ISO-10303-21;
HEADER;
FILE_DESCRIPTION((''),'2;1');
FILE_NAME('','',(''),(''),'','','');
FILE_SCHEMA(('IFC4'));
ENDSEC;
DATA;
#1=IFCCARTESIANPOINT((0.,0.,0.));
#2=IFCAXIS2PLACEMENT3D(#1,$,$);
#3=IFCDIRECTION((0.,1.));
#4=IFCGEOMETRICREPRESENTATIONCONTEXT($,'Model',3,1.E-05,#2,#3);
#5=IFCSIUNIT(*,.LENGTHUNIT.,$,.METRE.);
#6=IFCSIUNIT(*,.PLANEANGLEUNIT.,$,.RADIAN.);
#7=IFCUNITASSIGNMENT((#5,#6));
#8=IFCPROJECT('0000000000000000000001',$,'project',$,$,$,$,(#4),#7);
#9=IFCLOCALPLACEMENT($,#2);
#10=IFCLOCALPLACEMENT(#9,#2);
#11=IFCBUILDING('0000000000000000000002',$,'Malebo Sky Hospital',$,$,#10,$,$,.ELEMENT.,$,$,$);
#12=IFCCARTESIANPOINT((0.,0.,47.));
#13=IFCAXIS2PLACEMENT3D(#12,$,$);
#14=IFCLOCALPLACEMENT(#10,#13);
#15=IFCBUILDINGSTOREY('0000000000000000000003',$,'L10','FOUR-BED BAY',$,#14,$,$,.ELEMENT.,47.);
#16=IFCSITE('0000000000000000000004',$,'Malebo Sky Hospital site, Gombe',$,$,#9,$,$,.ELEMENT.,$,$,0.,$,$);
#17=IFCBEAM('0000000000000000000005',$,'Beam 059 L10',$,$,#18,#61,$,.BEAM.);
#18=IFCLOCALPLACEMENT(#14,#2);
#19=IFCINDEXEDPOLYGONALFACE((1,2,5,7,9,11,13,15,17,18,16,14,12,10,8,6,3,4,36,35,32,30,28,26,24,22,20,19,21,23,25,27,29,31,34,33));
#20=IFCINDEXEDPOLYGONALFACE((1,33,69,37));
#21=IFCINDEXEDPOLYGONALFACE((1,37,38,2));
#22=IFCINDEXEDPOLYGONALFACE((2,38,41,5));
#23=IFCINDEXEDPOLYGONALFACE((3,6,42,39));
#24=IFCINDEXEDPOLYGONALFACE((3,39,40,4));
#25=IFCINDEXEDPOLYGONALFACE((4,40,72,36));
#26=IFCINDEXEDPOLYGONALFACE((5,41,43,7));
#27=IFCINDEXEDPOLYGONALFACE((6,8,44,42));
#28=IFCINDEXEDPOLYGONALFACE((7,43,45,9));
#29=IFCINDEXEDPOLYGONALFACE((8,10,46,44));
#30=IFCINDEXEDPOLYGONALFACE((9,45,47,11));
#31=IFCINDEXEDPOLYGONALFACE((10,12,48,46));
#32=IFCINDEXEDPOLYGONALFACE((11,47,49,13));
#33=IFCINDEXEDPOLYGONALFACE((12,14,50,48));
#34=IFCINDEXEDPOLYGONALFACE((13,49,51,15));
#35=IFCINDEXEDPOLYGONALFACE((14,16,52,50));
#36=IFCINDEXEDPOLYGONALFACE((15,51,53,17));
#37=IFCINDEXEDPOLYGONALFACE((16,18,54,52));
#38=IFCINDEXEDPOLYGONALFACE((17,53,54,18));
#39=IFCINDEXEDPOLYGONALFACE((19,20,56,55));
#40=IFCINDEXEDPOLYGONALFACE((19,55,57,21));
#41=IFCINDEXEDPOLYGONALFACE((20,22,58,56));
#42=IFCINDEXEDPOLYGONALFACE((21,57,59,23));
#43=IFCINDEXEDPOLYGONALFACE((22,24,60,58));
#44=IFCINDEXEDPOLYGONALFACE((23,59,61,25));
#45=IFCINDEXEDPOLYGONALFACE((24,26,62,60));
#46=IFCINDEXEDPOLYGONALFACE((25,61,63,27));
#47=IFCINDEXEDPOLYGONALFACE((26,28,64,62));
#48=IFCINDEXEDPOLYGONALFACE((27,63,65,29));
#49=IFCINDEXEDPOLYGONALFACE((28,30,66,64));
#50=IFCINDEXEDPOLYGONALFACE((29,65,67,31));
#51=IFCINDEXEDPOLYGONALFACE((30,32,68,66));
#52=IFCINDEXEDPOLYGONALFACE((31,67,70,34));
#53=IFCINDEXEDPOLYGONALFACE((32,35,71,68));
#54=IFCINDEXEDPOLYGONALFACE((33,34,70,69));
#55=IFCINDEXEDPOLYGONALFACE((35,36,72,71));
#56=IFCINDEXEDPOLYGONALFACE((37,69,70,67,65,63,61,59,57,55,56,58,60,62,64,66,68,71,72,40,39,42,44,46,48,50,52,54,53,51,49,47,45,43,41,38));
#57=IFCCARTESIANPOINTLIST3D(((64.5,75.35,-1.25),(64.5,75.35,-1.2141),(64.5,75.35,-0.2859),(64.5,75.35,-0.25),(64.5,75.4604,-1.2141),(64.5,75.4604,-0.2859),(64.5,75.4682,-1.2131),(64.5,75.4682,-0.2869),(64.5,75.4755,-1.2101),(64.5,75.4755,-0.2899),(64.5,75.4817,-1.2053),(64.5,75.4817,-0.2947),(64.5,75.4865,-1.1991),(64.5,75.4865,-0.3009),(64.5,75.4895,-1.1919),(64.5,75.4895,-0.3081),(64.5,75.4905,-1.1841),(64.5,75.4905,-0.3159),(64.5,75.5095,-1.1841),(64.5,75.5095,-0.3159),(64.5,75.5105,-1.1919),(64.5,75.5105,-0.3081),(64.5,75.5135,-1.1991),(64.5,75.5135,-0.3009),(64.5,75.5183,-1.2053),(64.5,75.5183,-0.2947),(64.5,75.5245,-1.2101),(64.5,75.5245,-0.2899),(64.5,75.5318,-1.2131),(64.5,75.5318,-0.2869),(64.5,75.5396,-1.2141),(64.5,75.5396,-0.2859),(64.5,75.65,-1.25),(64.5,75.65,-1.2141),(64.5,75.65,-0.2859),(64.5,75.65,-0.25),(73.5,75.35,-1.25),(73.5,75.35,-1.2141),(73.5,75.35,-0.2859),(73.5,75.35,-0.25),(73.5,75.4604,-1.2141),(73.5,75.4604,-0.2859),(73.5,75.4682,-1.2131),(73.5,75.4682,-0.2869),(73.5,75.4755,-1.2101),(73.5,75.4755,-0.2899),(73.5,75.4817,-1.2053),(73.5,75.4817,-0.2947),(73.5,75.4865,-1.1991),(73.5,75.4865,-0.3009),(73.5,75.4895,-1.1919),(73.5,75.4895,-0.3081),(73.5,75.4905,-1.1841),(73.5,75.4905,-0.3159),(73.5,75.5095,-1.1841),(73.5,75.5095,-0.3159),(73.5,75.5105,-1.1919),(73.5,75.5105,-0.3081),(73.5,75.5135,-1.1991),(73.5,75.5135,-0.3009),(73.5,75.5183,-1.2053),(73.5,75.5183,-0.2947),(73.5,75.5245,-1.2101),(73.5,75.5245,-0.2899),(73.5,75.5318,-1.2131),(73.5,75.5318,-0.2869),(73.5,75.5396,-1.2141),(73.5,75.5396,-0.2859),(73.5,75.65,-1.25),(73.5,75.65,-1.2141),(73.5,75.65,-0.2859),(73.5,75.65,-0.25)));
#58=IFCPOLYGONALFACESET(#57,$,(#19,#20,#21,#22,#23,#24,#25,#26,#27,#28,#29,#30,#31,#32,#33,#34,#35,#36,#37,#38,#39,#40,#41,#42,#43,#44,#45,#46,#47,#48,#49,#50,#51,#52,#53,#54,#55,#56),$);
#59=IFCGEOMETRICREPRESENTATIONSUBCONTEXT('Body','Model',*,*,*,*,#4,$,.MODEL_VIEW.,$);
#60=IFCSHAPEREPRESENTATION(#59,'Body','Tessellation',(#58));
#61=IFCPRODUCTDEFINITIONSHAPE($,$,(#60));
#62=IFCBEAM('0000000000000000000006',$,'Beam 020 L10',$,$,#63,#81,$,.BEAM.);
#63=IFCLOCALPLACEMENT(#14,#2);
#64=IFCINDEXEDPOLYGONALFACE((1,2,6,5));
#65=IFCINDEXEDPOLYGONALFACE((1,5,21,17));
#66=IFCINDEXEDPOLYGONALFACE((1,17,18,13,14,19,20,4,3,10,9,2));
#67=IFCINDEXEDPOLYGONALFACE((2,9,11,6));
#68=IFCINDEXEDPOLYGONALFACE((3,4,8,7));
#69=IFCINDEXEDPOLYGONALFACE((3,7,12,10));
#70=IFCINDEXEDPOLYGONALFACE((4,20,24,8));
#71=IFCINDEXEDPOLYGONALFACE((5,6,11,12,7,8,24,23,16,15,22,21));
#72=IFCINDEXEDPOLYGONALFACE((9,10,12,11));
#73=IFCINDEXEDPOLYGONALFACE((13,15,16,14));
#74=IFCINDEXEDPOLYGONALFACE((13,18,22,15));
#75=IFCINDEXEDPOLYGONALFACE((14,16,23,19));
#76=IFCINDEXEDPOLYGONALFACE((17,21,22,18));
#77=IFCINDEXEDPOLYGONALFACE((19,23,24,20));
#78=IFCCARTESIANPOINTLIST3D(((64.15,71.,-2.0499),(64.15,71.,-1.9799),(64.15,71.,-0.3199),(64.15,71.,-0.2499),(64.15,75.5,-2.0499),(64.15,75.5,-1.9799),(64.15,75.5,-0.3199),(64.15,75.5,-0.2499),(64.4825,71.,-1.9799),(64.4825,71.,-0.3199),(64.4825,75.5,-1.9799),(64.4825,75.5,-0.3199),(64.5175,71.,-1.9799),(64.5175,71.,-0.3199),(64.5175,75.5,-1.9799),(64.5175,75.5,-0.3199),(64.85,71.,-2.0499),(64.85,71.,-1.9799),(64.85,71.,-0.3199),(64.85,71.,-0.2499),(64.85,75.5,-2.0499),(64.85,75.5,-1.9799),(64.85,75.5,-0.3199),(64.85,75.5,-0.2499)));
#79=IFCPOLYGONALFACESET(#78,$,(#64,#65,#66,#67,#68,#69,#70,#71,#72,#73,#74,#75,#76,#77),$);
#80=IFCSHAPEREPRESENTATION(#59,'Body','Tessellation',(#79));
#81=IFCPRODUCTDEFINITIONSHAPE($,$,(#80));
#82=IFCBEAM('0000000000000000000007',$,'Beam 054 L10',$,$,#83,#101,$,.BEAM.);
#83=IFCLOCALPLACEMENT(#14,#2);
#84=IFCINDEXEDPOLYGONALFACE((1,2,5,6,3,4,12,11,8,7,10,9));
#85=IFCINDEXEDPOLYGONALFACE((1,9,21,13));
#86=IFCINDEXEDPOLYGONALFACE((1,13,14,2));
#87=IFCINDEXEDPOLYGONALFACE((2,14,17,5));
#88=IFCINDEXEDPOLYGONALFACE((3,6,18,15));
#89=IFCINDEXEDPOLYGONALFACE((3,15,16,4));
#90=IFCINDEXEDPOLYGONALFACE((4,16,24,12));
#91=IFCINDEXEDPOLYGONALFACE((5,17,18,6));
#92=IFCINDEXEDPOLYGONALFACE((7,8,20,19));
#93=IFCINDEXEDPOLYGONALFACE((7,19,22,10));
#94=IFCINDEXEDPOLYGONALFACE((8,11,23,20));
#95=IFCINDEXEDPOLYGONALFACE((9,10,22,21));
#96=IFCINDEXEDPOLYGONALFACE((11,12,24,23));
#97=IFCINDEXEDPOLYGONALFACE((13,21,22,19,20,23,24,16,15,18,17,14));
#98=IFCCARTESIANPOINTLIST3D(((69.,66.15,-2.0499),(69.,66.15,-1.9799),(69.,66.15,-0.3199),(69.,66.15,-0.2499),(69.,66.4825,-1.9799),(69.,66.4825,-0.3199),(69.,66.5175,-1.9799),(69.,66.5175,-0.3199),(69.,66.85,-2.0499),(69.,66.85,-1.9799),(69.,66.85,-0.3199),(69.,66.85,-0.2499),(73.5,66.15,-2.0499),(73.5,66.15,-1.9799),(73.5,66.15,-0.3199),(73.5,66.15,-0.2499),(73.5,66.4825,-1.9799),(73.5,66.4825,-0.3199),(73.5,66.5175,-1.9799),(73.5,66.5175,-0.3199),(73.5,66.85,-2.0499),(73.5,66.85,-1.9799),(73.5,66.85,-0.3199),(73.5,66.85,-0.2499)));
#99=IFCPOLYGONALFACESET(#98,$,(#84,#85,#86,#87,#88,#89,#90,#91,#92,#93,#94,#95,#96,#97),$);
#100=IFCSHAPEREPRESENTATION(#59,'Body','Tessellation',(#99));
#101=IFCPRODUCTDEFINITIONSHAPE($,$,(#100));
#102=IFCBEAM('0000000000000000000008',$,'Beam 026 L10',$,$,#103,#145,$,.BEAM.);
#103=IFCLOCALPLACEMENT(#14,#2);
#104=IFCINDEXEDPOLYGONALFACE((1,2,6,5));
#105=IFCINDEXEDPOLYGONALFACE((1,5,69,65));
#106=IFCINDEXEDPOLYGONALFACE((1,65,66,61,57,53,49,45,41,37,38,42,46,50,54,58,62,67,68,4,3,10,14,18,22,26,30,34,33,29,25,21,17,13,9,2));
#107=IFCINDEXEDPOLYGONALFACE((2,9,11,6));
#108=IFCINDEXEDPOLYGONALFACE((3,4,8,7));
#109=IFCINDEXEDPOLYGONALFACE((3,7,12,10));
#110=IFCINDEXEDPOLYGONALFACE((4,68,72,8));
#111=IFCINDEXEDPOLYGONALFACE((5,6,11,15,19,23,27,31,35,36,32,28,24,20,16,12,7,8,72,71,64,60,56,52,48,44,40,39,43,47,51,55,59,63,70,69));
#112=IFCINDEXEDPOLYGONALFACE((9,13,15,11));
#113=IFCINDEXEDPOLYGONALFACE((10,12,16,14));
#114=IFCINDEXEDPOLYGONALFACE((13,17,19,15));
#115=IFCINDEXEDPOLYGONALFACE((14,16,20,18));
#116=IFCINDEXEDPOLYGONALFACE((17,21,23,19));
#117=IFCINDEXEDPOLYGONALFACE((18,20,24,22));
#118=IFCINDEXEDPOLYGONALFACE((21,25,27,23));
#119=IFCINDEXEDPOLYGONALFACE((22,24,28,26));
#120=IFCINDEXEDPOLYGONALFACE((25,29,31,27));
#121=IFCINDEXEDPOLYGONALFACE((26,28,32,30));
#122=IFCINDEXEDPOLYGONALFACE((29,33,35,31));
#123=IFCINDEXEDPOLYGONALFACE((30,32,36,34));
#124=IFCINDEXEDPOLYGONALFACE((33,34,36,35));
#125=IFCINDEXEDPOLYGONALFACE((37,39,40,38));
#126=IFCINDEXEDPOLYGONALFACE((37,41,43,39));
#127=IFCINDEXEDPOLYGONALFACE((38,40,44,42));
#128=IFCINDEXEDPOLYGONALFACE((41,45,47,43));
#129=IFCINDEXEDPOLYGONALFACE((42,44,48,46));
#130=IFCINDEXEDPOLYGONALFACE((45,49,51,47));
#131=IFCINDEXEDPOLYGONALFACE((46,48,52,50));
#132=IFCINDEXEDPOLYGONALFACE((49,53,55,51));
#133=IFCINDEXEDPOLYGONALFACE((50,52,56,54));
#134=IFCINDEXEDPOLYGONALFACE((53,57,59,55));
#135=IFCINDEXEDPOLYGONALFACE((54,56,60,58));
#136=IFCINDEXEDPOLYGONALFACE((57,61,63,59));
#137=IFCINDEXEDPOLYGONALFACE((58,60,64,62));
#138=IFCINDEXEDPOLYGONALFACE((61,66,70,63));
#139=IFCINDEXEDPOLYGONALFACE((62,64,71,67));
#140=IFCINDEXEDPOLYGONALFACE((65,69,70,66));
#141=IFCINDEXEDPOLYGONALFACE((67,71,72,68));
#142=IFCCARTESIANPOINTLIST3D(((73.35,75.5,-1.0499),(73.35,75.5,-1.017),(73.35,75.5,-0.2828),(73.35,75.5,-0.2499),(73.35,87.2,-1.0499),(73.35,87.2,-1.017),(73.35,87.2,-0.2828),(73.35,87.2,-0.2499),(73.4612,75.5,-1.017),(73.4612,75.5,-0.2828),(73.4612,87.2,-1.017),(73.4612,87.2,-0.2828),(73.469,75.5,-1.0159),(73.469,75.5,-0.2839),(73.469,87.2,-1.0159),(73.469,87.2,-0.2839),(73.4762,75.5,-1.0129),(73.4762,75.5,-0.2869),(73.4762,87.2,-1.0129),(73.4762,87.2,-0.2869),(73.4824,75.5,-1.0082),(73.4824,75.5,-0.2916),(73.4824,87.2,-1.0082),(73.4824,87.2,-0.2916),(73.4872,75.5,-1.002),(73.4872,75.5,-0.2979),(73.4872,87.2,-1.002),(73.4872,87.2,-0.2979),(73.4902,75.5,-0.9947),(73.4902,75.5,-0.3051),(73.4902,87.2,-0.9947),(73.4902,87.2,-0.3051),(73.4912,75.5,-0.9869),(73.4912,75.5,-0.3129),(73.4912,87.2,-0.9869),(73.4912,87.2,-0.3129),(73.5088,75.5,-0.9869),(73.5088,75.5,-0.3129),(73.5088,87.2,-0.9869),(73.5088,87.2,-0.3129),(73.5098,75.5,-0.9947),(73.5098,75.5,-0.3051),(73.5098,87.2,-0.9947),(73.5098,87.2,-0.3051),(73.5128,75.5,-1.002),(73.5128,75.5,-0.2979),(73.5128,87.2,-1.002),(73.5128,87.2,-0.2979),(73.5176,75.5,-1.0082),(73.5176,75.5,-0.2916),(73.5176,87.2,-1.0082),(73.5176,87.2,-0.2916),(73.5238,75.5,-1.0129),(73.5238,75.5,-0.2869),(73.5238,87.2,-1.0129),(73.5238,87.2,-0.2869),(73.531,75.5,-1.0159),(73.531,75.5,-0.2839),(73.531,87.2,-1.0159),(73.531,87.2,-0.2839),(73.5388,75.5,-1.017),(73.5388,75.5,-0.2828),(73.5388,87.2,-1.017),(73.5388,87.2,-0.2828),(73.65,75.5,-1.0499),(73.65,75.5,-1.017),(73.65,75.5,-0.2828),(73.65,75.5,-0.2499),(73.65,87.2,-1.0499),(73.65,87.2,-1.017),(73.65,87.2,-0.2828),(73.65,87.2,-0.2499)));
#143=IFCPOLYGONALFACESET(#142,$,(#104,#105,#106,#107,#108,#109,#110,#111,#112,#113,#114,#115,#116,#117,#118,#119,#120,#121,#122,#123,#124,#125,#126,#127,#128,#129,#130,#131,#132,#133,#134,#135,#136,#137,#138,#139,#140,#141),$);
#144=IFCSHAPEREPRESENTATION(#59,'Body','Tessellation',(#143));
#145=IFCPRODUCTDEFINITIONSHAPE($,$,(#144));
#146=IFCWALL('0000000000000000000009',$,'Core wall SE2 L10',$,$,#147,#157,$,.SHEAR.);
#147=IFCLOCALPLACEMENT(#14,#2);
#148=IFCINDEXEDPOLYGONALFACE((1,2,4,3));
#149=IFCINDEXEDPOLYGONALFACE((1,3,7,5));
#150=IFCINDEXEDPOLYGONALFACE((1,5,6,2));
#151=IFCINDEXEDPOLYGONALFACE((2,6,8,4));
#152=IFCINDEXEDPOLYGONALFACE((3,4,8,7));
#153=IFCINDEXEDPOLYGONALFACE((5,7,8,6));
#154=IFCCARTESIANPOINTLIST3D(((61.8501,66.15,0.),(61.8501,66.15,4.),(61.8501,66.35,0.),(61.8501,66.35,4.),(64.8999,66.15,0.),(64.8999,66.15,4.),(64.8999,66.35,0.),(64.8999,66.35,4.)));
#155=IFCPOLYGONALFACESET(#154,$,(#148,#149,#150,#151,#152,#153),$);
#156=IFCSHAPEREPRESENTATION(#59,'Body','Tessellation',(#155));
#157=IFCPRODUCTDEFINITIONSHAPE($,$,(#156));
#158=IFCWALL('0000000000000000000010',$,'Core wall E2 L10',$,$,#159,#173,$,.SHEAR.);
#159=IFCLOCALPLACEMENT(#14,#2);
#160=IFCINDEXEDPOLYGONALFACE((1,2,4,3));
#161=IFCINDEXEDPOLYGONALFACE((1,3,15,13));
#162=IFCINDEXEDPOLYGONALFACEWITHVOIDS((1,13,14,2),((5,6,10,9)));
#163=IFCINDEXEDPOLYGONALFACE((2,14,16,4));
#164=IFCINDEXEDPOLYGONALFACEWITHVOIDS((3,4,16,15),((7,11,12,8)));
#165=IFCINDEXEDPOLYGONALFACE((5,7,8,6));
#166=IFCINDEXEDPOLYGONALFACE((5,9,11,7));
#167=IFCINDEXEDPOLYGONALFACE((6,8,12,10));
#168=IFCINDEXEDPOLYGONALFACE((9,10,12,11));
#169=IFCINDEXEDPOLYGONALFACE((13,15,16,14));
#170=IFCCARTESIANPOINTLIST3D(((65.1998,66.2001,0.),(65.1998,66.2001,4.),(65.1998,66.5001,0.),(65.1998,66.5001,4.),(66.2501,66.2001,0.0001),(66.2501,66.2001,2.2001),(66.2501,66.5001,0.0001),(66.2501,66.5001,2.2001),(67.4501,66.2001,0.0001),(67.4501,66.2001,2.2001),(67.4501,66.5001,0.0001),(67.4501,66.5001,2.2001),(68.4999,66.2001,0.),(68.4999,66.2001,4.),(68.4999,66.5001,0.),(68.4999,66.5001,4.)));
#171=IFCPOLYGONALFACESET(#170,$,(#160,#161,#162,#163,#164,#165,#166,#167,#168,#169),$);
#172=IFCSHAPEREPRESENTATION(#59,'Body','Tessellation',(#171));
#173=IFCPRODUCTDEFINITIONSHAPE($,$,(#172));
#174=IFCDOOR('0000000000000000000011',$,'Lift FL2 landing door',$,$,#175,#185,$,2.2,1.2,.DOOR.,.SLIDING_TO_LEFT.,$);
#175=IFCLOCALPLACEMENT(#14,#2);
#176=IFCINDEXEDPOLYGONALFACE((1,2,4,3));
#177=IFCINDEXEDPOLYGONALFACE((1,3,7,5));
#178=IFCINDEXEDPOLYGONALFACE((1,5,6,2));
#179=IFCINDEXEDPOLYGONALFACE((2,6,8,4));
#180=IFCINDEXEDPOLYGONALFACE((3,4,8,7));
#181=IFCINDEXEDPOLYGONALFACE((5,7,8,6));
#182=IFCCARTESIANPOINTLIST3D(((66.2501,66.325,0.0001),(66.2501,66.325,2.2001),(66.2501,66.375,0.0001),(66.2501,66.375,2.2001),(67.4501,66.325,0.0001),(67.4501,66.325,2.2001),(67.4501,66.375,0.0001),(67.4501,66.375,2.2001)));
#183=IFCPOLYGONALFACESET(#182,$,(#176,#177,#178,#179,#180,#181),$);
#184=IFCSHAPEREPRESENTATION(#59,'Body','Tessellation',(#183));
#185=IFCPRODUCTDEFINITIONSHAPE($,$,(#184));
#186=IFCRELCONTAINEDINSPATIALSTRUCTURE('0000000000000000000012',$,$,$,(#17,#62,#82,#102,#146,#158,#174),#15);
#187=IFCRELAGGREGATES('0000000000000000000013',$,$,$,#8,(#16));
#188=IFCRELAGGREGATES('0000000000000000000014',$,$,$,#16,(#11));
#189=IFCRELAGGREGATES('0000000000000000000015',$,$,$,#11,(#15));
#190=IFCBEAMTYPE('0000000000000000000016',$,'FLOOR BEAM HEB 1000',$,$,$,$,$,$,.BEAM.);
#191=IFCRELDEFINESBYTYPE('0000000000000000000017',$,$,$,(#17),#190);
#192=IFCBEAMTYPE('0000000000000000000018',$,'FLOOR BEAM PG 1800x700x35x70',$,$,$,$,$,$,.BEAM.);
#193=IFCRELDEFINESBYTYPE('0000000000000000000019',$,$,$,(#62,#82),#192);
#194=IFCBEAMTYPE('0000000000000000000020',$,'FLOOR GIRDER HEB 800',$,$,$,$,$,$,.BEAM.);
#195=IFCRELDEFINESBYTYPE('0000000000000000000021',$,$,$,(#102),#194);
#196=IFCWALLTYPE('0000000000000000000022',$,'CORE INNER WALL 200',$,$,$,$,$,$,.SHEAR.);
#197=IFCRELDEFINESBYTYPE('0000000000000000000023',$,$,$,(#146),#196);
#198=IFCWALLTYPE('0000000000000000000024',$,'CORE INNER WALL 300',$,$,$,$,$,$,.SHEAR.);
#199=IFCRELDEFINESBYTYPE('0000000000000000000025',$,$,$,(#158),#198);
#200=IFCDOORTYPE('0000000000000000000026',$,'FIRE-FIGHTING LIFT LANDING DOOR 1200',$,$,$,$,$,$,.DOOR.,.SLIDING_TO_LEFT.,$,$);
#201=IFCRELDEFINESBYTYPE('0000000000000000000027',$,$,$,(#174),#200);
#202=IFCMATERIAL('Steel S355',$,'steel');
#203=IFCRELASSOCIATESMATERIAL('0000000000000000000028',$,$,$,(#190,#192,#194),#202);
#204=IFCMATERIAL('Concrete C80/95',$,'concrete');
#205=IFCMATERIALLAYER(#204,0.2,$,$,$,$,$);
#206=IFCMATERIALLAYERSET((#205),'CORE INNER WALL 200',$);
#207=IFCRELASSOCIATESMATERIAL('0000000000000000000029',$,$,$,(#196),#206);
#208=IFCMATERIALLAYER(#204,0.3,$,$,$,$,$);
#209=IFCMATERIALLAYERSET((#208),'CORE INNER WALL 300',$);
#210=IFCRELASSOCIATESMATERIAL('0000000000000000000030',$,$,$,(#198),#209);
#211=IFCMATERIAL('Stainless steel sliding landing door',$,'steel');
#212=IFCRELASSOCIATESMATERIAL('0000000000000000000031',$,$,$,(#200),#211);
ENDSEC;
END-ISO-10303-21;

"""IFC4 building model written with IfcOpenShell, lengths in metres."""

from ifc_helpers import new_model, si_unit, direction, frame, frame_2d, origin, origin_2d, place, context, subcontext, project, spatial, rectangle, i_section, extrude, material, layer, layer_set, material_profile, profile_set, type_object, element, fill, save


model = new_model("IFC4")

# Units and contexts
model_context = context("Model", 3, precision=1e-05, world=origin(), true_north=direction((0.0, 1.0)))
body_context = subcontext(model_context, "Body", "Model", "MODEL_VIEW")
ifc_project = project(units=[si_unit("LENGTHUNIT", "METRE"), si_unit("PLANEANGLEUNIT", "RADIAN")], contexts=[model_context])

# Site, building, storey
site_placement = place(None, origin())
site = spatial("IfcSite", under=ifc_project, at=site_placement, Name="Malebo Sky Hospital site, Gombe", CompositionType="ELEMENT", RefElevation=0.0)
building_placement = place(site_placement, origin())
building = spatial("IfcBuilding", under=site, at=building_placement, Name="Malebo Sky Hospital", CompositionType="ELEMENT")
storey_placement = place(building_placement, frame((0.0, 0.0, 47.0)))
storey = spatial("IfcBuildingStorey", under=building, at=storey_placement, Name="L10", Description="FOUR-BED BAY", CompositionType="ELEMENT", Elevation=47.0)

# Beams
ifc_material_1 = material(Name="Steel S355", Category="steel")
ifc_material_profile_1 = material_profile(ifc_material_1, i_section(OverallWidth=0.3, OverallDepth=1.0, WebThickness=0.019, FlangeThickness=0.0359, FilletRadius=0.03, at=origin_2d()), Name="HEB 1000")
ifc_profile_set_1 = profile_set([ifc_material_profile_1], Name="Steel S355")
beam_type_1 = type_object("IfcBeamType", Name="FLOOR BEAM HEB 1000", PredefinedType="BEAM", material=ifc_profile_set_1)
beam_1_placement = place(storey_placement, frame((64.5, 75.5, -0.75), z_axis=(1.0, 0.0, 0.0), x_axis=(0.0, 1.0, 0.0)))
element("IfcBeam", 1, at=beam_1_placement, inside=storey, type_object=beam_type_1, Name="Beam 059 L10", PredefinedType="BEAM", context=body_context, shape_type="SweptSolid", body=[
    extrude(i_section(OverallWidth=0.3, OverallDepth=1.0, WebThickness=0.019, FlangeThickness=0.0359, FilletRadius=0.03, at=origin_2d()), origin(), (0.0, 0.0, 1.0), 9.0),
])
ifc_material_profile_2 = material_profile(ifc_material_1, i_section(OverallWidth=0.7, OverallDepth=1.8, WebThickness=0.0349, FlangeThickness=0.0701, at=origin_2d()), Name="PG 1800x700x35x70")
ifc_profile_set_2 = profile_set([ifc_material_profile_2], Name="Steel S355")
beam_type_2 = type_object("IfcBeamType", Name="FLOOR BEAM PG 1800x700x35x70", PredefinedType="BEAM", material=ifc_profile_set_2)
for number, where, z_axis, x_axis, name in (
    (2, (64.5, 71.0, -1.1499), (0.0, 1.0, 0.0), (-1.0, 0.0, 0.0), "Beam 020 L10"),
    (3, (69.0, 66.5, -1.1499), (1.0, 0.0, 0.0), (0.0, 1.0, 0.0), "Beam 054 L10"),
):
    element("IfcBeam", number, at=place(storey_placement, frame(where, z_axis=z_axis, x_axis=x_axis)), inside=storey, type_object=beam_type_2, Name=name, PredefinedType="BEAM", context=body_context, shape_type="SweptSolid", body=[
        extrude(i_section(OverallWidth=0.7, OverallDepth=1.8, WebThickness=0.0349, FlangeThickness=0.0701, at=origin_2d()), origin(), (0.0, 0.0, 1.0), 4.5),
    ])
ifc_material_profile_3 = material_profile(ifc_material_1, i_section(OverallWidth=0.3, OverallDepth=0.8, WebThickness=0.0176, FlangeThickness=0.033, FilletRadius=0.03, at=origin_2d()), Name="HEB 800")
ifc_profile_set_3 = profile_set([ifc_material_profile_3], Name="Steel S355")
beam_type_3 = type_object("IfcBeamType", Name="FLOOR GIRDER HEB 800", PredefinedType="BEAM", material=ifc_profile_set_3)
beam_2_placement = place(storey_placement, frame((73.5, 75.5, -0.6499), z_axis=(0.0, 1.0, 0.0), x_axis=(-1.0, 0.0, 0.0)))
element("IfcBeam", 4, at=beam_2_placement, inside=storey, type_object=beam_type_3, Name="Beam 026 L10", PredefinedType="BEAM", context=body_context, shape_type="SweptSolid", body=[
    extrude(i_section(OverallWidth=0.3, OverallDepth=0.8, WebThickness=0.0176, FlangeThickness=0.033, FilletRadius=0.03, at=origin_2d()), origin(), (0.0, 0.0, 1.0), 11.7),
])

# Wall
ifc_material_2 = material(Name="Concrete C80/95", Category="concrete")
ifc_layer_1 = layer(ifc_material_2, 0.2)
ifc_layer_set_1 = layer_set([ifc_layer_1], Name="CORE INNER WALL 200")
wall_type_1 = type_object("IfcWallType", Name="CORE INNER WALL 200", PredefinedType="SHEAR", material=ifc_layer_set_1)
wall_1_placement = place(storey_placement, frame((61.8501, 66.25, 0.0), z_axis=(0.0, 0.0, 1.0), x_axis=(1.0, 0.0, 0.0)))
element("IfcWall", 5, at=wall_1_placement, inside=storey, type_object=wall_type_1, Name="Core wall SE2 L10", PredefinedType="SHEAR", context=body_context, shape_type="SweptSolid", body=[
    extrude(rectangle(XDim=3.0498, YDim=0.2, at=frame_2d((1.5249, 0.0))), origin(), (0.0, 0.0, 1.0), 4.0),
])

# Wall, opening, door
ifc_layer_2 = layer(ifc_material_2, 0.3)
ifc_layer_set_2 = layer_set([ifc_layer_2], Name="CORE INNER WALL 300")
wall_type_2 = type_object("IfcWallType", Name="CORE INNER WALL 300", PredefinedType="SHEAR", material=ifc_layer_set_2)
wall_2_placement = place(storey_placement, frame((65.2, 66.3501, 0.0), z_axis=(0.0, 0.0, 1.0), x_axis=(1.0, 0.0, 0.0)))
wall_2 = element("IfcWall", 6, at=wall_2_placement, inside=storey, type_object=wall_type_2, Name="Core wall E2 L10", PredefinedType="SHEAR", context=body_context, shape_type="SweptSolid", body=[
    extrude(rectangle(XDim=3.3, YDim=0.3, at=frame_2d((1.6499, 0.0))), origin(), (0.0, 0.0, 1.0), 4.0),
])
opening_1_placement = place(wall_2_placement, frame((1.05, 0.0, 0.0)))
opening_1 = element("IfcOpeningElement", 7, at=opening_1_placement, cuts=wall_2, PredefinedType="OPENING", context=body_context, shape_type="SweptSolid", body=[
    extrude(rectangle(XDim=1.2, YDim=2.2, at=frame_2d((0.6001, 1.1001))), frame((0.0, 0.1599, 0.0), z_axis=(0.0, -1.0, 0.0), x_axis=(1.0, 0.0, 0.0)), (0.0, 0.0, 1.0), 0.3201),
])
ifc_material_3 = material(Name="Stainless steel sliding landing door", Category="steel")
door_type_1 = type_object("IfcDoorType", Name="FIRE-FIGHTING LIFT LANDING DOOR 1200", OperationType="SLIDING_TO_LEFT", PredefinedType="DOOR", material=ifc_material_3)
door_1_placement = place(opening_1_placement, origin())
door_1 = element("IfcDoor", 8, at=door_1_placement, inside=storey, type_object=door_type_1, Name="Lift FL2 landing door", OperationType="SLIDING_TO_LEFT", OverallHeight=2.2, OverallWidth=1.2, PredefinedType="DOOR", context=body_context, shape_type="SweptSolid", body=[
    extrude(rectangle(XDim=1.2, YDim=2.2, at=frame_2d((0.6001, 1.1001))), frame((0.0, 0.0249, 0.0), z_axis=(0.0, -1.0, 0.0), x_axis=(1.0, 0.0, 0.0)), (0.0, 0.0, 1.0), 0.05),
])
fill(opening_1, door_1)

save(model, "model.ifc")
